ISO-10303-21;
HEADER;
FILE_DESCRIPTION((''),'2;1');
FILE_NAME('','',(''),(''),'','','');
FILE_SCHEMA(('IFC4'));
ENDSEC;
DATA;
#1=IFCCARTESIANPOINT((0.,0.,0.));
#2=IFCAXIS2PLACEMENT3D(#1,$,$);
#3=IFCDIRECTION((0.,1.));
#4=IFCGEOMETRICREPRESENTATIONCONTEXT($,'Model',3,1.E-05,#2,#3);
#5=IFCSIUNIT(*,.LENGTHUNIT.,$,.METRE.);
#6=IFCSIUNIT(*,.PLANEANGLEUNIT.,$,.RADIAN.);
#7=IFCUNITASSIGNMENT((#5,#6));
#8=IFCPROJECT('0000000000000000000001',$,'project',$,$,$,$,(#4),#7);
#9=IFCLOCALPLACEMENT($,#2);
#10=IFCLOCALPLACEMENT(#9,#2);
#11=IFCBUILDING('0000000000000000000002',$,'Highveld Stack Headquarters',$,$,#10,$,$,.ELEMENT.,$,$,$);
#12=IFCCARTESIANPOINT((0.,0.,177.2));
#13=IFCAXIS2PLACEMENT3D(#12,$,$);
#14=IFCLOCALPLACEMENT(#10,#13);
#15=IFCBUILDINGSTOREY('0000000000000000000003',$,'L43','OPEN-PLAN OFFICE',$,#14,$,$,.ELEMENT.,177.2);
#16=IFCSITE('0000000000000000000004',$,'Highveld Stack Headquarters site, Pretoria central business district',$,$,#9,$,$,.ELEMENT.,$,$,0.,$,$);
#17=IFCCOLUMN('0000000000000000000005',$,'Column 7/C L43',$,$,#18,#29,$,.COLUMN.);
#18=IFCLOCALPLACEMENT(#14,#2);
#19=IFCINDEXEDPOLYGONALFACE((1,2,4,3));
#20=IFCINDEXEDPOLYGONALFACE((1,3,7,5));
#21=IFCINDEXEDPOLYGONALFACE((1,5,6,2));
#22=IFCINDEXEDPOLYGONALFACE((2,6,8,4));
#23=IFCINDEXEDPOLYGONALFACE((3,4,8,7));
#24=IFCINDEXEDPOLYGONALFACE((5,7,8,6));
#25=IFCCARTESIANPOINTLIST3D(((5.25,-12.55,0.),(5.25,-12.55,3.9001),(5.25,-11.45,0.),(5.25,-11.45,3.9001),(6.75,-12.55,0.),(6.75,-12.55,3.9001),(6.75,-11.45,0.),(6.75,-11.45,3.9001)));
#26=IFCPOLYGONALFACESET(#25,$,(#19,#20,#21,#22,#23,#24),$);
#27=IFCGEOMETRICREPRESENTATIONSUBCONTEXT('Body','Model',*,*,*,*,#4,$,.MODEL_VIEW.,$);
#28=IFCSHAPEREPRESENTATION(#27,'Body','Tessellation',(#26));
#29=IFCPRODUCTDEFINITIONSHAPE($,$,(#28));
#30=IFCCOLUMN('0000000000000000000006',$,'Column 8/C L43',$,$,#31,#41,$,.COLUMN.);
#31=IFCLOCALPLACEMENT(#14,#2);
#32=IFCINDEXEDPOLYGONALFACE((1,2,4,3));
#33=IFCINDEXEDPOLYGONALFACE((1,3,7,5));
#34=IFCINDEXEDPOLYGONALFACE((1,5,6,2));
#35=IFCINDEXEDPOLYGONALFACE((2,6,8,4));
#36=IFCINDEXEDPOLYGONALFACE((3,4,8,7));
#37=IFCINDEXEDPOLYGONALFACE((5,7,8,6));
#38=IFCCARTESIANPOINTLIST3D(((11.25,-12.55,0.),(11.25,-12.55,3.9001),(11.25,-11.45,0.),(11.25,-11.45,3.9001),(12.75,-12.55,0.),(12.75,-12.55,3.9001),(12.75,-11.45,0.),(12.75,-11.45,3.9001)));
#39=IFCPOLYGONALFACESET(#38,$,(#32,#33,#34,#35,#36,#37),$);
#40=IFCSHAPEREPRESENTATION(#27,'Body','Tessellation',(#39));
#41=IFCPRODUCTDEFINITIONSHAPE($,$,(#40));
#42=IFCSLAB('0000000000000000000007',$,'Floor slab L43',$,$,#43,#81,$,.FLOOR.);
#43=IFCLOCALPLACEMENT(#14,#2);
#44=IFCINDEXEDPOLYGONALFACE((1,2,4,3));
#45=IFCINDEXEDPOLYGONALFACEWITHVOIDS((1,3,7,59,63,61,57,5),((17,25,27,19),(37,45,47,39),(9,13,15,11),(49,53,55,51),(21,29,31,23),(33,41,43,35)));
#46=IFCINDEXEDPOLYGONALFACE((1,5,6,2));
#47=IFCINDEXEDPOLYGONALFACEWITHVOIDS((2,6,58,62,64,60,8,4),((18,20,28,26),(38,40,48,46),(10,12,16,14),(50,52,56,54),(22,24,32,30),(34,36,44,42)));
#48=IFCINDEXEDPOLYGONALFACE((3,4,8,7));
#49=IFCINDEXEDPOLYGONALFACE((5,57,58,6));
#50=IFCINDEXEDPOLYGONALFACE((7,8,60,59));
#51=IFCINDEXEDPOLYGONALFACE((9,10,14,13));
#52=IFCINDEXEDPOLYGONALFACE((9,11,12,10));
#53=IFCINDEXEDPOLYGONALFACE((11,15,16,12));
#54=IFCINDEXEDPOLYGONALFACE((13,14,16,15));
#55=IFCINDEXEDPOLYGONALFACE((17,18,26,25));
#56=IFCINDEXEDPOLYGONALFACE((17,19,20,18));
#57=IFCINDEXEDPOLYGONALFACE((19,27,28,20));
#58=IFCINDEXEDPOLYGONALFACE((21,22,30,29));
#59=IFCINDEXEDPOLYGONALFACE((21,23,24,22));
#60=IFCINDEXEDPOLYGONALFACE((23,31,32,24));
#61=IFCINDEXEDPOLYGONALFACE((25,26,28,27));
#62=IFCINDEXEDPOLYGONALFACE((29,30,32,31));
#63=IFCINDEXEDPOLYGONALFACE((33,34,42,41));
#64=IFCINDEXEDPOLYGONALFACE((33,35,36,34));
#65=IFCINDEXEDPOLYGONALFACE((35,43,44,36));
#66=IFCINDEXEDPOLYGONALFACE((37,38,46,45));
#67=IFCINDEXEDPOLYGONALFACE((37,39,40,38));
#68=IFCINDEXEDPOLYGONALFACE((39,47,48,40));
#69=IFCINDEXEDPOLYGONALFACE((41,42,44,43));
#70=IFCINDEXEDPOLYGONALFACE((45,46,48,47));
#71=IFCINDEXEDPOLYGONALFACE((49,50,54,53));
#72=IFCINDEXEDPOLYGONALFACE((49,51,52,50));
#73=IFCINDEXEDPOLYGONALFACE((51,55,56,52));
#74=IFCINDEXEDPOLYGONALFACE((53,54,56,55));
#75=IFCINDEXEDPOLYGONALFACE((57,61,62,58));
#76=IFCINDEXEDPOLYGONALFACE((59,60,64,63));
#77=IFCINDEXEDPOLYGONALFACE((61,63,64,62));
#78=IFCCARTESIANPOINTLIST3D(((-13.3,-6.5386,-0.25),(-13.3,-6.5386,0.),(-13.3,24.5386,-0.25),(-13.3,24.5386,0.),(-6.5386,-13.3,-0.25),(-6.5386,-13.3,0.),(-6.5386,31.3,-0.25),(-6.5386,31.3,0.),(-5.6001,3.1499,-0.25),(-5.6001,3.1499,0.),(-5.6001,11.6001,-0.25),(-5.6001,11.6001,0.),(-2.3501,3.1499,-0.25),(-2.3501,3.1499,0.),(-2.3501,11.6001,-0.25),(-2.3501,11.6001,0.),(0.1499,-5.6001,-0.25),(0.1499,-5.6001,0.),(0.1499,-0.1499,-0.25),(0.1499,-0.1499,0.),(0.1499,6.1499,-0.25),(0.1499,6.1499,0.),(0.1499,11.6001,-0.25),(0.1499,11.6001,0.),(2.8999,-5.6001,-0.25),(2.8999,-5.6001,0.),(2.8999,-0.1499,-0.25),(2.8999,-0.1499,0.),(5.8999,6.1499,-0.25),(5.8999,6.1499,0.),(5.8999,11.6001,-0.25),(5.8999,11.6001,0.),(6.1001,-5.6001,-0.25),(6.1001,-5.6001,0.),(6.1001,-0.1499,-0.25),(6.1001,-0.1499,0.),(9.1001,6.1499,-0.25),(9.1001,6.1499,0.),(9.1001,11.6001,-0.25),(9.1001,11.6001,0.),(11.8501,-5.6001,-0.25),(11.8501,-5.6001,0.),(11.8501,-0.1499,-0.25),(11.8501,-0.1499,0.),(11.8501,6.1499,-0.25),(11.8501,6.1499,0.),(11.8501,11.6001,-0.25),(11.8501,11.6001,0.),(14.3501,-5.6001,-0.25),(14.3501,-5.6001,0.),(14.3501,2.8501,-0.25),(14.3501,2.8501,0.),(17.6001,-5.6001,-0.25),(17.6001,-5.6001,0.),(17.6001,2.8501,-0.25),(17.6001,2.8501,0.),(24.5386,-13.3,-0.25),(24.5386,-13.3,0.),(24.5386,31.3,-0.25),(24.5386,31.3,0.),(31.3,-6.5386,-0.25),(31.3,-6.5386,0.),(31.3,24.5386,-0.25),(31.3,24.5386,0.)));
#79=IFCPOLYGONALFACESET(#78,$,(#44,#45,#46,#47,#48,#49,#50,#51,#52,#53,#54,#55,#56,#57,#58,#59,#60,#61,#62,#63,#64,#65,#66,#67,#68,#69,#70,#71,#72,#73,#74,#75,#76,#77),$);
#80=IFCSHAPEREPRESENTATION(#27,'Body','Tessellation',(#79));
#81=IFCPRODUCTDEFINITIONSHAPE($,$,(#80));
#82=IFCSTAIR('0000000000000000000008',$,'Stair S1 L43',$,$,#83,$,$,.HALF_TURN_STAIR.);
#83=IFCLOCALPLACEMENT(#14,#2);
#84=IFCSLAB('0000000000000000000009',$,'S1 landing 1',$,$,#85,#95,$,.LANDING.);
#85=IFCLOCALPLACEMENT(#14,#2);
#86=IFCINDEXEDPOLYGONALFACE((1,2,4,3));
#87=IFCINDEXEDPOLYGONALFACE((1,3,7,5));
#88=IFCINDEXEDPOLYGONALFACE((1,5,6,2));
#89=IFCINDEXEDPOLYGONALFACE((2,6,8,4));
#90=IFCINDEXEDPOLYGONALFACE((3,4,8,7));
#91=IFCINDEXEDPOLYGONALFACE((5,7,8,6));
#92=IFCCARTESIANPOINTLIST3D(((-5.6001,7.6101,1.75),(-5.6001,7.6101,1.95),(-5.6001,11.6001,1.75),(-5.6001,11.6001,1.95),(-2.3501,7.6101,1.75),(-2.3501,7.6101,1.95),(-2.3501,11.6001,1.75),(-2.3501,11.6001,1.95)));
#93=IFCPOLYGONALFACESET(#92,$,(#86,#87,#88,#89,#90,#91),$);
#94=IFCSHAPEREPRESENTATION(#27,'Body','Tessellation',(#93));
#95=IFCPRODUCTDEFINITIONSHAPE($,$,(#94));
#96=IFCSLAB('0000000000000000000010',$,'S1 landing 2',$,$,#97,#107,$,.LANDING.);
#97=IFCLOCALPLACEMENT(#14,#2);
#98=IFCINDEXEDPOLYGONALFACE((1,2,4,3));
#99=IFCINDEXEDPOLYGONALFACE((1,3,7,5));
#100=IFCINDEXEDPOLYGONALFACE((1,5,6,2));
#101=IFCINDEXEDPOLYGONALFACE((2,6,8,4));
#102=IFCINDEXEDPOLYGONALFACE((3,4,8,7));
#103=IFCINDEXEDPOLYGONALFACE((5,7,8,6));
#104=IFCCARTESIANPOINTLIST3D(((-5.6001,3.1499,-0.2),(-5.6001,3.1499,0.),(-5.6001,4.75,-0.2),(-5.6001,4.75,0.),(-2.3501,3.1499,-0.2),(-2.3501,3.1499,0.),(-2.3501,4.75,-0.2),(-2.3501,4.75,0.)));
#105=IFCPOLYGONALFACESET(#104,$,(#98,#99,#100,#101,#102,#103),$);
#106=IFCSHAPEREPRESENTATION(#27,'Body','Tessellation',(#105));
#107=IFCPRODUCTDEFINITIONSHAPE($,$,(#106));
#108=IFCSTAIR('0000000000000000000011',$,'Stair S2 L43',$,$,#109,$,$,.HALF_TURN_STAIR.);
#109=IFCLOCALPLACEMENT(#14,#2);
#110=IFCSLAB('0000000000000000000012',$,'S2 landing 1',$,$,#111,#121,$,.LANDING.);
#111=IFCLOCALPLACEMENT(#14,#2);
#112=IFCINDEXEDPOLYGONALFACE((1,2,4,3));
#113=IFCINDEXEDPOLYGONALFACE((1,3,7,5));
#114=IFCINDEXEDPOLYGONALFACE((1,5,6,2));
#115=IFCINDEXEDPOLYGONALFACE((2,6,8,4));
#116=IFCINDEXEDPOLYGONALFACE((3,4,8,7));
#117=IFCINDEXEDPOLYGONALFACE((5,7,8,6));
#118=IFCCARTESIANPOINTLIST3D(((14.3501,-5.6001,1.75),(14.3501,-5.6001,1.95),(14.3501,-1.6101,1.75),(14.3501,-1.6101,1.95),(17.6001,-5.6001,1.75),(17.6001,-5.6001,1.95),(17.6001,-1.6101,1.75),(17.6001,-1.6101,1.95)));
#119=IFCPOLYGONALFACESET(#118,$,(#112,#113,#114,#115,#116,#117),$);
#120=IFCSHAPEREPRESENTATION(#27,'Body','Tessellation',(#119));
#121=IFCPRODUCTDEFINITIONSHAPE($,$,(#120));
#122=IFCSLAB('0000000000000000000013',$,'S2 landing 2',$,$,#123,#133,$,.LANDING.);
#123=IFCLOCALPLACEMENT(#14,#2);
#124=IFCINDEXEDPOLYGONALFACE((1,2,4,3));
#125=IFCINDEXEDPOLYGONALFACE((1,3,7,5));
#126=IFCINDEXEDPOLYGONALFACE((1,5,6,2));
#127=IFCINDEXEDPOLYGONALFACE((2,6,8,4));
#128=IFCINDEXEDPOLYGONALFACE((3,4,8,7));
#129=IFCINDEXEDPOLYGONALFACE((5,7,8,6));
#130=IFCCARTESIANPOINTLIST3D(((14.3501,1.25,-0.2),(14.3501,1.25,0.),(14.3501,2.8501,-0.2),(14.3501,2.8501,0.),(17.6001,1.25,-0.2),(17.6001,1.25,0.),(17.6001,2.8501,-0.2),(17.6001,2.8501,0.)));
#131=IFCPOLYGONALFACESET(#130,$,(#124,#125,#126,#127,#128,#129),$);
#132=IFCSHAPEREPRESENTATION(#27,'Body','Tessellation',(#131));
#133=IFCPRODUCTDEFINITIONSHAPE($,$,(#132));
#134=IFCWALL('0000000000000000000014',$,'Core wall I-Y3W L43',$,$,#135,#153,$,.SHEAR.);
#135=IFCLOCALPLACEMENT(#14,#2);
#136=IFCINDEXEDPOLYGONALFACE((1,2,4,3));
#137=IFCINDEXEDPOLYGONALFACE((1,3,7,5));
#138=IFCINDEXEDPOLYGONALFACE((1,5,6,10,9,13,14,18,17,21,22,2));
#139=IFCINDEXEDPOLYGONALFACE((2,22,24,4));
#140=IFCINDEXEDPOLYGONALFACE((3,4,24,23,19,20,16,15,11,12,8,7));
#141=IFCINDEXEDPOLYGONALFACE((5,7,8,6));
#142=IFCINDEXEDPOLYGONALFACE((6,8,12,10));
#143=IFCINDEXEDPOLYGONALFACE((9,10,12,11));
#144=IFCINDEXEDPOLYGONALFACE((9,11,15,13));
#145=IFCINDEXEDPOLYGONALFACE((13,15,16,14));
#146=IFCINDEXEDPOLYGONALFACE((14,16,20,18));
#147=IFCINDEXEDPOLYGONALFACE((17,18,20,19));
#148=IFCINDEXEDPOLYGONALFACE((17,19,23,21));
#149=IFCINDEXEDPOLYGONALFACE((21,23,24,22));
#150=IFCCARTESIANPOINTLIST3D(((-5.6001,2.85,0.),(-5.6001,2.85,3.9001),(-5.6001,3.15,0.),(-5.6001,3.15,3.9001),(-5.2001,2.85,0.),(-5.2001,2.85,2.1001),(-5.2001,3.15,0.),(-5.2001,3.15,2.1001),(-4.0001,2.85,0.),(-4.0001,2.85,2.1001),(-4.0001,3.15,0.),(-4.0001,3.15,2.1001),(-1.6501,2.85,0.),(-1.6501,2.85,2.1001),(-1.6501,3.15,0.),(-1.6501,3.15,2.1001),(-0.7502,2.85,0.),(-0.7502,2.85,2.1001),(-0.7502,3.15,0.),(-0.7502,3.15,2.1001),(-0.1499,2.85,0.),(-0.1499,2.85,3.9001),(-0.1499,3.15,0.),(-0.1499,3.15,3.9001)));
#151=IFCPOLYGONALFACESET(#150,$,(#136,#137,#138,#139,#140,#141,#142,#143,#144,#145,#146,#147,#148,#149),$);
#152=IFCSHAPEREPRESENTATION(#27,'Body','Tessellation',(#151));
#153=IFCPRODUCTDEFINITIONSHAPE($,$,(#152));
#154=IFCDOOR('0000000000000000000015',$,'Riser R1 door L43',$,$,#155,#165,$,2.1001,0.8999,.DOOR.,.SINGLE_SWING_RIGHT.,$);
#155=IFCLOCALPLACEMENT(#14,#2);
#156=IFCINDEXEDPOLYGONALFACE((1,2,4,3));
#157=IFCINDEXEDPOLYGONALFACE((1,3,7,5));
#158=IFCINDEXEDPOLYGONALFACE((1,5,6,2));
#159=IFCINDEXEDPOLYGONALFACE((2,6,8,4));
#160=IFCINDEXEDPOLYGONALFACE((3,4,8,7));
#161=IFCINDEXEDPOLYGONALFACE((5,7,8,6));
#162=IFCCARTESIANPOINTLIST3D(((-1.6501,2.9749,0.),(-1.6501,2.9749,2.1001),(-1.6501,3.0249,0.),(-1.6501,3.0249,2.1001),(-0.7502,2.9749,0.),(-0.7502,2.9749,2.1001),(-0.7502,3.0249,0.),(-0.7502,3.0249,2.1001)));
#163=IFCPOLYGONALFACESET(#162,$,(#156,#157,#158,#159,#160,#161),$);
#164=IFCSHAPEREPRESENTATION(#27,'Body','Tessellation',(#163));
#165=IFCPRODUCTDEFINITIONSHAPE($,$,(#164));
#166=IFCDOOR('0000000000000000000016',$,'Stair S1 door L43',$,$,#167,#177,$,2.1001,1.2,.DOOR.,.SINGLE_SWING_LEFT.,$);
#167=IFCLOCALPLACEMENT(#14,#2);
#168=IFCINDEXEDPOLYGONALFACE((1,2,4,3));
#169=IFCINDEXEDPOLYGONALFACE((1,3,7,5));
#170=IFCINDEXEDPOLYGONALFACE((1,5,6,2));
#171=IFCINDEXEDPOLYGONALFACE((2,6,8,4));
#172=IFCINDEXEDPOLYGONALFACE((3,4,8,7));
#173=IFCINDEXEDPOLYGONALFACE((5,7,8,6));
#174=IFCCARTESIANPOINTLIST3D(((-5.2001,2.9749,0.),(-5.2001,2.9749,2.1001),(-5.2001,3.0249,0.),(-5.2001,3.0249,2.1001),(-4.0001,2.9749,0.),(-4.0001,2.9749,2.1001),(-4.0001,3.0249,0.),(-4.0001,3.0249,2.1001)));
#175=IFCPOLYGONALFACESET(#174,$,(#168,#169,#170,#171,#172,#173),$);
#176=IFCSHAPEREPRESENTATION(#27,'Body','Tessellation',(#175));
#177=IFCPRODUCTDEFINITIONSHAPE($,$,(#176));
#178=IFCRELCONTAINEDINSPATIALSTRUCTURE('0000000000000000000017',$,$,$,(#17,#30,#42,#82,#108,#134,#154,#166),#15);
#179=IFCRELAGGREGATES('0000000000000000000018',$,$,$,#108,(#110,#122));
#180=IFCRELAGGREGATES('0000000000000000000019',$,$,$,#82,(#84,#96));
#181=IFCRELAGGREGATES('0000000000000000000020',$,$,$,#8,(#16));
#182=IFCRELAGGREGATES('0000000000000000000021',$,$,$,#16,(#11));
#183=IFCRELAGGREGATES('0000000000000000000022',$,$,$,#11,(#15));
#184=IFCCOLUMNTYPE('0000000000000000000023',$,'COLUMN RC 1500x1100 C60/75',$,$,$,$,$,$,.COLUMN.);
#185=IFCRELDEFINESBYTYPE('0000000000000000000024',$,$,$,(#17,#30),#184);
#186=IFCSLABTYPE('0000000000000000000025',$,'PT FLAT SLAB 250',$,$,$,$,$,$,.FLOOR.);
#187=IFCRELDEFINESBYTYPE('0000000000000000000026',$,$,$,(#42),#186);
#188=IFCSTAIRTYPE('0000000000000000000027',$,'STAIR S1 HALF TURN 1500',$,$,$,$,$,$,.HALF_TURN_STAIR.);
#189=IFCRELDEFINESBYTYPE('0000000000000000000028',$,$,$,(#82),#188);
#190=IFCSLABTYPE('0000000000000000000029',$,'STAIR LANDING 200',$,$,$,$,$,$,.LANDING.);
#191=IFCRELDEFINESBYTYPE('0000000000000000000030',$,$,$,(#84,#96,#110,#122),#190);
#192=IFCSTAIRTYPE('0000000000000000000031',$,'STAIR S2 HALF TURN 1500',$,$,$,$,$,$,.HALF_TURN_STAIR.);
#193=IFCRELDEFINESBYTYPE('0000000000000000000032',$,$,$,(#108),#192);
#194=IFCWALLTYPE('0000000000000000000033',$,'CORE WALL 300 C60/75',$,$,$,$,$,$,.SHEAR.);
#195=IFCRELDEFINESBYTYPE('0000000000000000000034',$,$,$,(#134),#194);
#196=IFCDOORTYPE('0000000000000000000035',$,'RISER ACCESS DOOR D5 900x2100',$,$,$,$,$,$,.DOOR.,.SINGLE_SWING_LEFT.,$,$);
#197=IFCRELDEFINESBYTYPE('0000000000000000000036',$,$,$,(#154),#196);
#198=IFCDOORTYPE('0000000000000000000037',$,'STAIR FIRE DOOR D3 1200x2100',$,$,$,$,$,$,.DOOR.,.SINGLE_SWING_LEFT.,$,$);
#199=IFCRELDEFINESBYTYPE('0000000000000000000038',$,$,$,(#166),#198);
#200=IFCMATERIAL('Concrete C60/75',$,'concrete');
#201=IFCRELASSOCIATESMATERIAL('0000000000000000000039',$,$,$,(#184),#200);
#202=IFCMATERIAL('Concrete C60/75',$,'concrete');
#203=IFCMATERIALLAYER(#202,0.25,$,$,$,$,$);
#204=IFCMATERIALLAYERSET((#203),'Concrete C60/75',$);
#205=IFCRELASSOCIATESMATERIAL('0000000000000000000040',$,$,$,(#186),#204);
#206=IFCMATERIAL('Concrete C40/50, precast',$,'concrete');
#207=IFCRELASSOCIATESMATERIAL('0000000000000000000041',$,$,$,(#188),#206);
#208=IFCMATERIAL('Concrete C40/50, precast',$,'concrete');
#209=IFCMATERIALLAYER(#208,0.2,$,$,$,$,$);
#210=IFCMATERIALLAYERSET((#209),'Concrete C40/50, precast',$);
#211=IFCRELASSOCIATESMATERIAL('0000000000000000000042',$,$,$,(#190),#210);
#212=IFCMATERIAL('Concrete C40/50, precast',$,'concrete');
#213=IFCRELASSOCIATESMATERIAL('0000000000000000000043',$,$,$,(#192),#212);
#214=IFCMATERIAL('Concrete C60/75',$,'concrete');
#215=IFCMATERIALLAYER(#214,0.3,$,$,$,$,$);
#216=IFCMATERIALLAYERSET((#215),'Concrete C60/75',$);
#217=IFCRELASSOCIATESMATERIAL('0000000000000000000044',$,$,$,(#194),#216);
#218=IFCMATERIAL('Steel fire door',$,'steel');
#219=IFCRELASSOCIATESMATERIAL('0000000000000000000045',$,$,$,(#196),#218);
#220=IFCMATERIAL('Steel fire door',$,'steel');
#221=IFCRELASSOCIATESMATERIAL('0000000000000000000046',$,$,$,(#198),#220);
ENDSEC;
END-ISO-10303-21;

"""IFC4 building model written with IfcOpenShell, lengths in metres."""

from ifc_helpers import new_model, si_unit, direction, frame, frame_2d, origin, origin_2d, place, context, subcontext, project, spatial, polyline, rectangle, outline, extrude, material, layer, layer_set, material_profile, profile_set, type_object, element, fill, aggregate, save


model = new_model("IFC4")

# Units and contexts
model_context = context("Model", 3, precision=1e-05, world=origin(), true_north=direction((0.0, 1.0)))
body_context = subcontext(model_context, "Body", "Model", "MODEL_VIEW")
ifc_project = project(units=[si_unit("LENGTHUNIT", "METRE"), si_unit("PLANEANGLEUNIT", "RADIAN")], contexts=[model_context])

# Site, building, storey
site_placement = place(None, origin())
site = spatial("IfcSite", under=ifc_project, at=site_placement, Name="Highveld Stack Headquarters site, Pretoria central business district", CompositionType="ELEMENT", RefElevation=0.0)
building_placement = place(site_placement, origin())
building = spatial("IfcBuilding", under=site, at=building_placement, Name="Highveld Stack Headquarters", CompositionType="ELEMENT")
storey_placement = place(building_placement, frame((0.0, 0.0, 177.2)))
storey = spatial("IfcBuildingStorey", under=building, at=storey_placement, Name="L43", Description="OPEN-PLAN OFFICE", CompositionType="ELEMENT", Elevation=177.2)

# Columns
ifc_material_1 = material(Name="Concrete C60/75", Category="concrete")
ifc_material_profile = material_profile(ifc_material_1, rectangle(XDim=1.5, YDim=1.1001, at=origin_2d()), Name="RC 1500x1100")
ifc_profile_set = profile_set([ifc_material_profile], Name="Concrete C60/75")
column_type = type_object("IfcColumnType", Name="COLUMN RC 1500x1100 C60/75", PredefinedType="COLUMN", material=ifc_profile_set)
for number, where, z_axis, x_axis, name in (
    (1, (6.0, -12.0, 0.0), (0.0, 0.0, 1.0), (1.0, 0.0, 0.0), "Column 7/C L43"),
    (2, (12.0, -12.0, 0.0), (0.0, 0.0, 1.0), (1.0, 0.0, 0.0), "Column 8/C L43"),
):
    element("IfcColumn", number, at=place(storey_placement, frame(where, z_axis=z_axis, x_axis=x_axis)), inside=storey, type_object=column_type, Name=name, PredefinedType="COLUMN", context=body_context, shape_type="SweptSolid", body=[
        extrude(rectangle(XDim=1.5, YDim=1.1001, at=origin_2d()), origin(), (0.0, 0.0, 1.0), 3.9001),
    ])

# Slab
ifc_material_2 = material(Name="Concrete C60/75", Category="concrete")
ifc_layer_1 = layer(ifc_material_2, 0.25)
ifc_layer_set_1 = layer_set([ifc_layer_1], Name="Concrete C60/75")
slab_type_1 = type_object("IfcSlabType", Name="PT FLAT SLAB 250", PredefinedType="FLOOR", material=ifc_layer_set_1)
slab_1_placement = place(storey_placement, frame((0.0, 0.0, -0.25)))
element("IfcSlab", 3, at=slab_1_placement, inside=storey, type_object=slab_type_1, Name="Floor slab L43", PredefinedType="FLOOR", context=body_context, shape_type="SweptSolid", body=[
    extrude(outline(polyline([(-6.5386, -13.3), (24.5386, -13.3), (31.3, -6.5386), (31.3, 24.5386), (24.5386, 31.3), (-6.5386, 31.3), (-13.3, 24.5386), (-13.3, -6.5386), (-6.5386, -13.3)]), holes=[polyline([(0.1499, 6.1499), (5.8999, 6.1499), (5.8999, 11.6001), (0.1499, 11.6001), (0.1499, 6.1499)]), polyline([(9.1001, 6.1499), (11.8501, 6.1499), (11.8501, 11.6001), (9.1001, 11.6001), (9.1001, 6.1499)]), polyline([(6.1001, -5.6001), (11.8501, -5.6001), (11.8501, -0.1499), (6.1001, -0.1499), (6.1001, -5.6001)]), polyline([(0.1499, -5.6001), (2.8999, -5.6001), (2.8999, -0.1499), (0.1499, -0.1499), (0.1499, -5.6001)]), polyline([(-5.6001, 3.1499), (-2.3501, 3.1499), (-2.3501, 11.6001), (-5.6001, 11.6001), (-5.6001, 3.1499)]), polyline([(14.3501, -5.6001), (17.6001, -5.6001), (17.6001, 2.8501), (14.3501, 2.8501), (14.3501, -5.6001)])]), origin(), (0.0, 0.0, 1.0), 0.25),
])

# Stairs, slabs
ifc_material_3 = material(Name="Concrete C40/50, precast", Category="concrete")
stair_type_1 = type_object("IfcStairType", Name="STAIR S1 HALF TURN 1500", PredefinedType="HALF_TURN_STAIR", material=ifc_material_3)
stair_1_placement = place(storey_placement, origin())
stair_1 = element("IfcStair", 4, at=stair_1_placement, inside=storey, type_object=stair_type_1, Name="Stair S1 L43", PredefinedType="HALF_TURN_STAIR")
ifc_material_4 = material(Name="Concrete C40/50, precast", Category="concrete")
ifc_layer_2 = layer(ifc_material_4, 0.2)
ifc_layer_set_2 = layer_set([ifc_layer_2], Name="Concrete C40/50, precast")
slab_type_2 = type_object("IfcSlabType", Name="STAIR LANDING 200", PredefinedType="LANDING", material=ifc_layer_set_2)
slab_2_placement = place(storey_placement, frame((0.0, 0.0, 1.75)))
slab_2 = element("IfcSlab", 5, at=slab_2_placement, type_object=slab_type_2, Name="S1 landing 1", PredefinedType="LANDING", context=body_context, shape_type="SweptSolid", body=[
    extrude(outline(polyline([(-5.6001, 7.6101), (-2.3501, 7.6101), (-2.3501, 11.6001), (-5.6001, 11.6001), (-5.6001, 7.6101)])), origin(), (0.0, 0.0, 1.0), 0.2),
])
slab_3_placement = place(storey_placement, frame((0.0, 0.0, -0.2)))
slab_3 = element("IfcSlab", 6, at=slab_3_placement, type_object=slab_type_2, Name="S1 landing 2", PredefinedType="LANDING", context=body_context, shape_type="SweptSolid", body=[
    extrude(outline(polyline([(-5.6001, 3.1499), (-2.3501, 3.1499), (-2.3501, 4.75), (-5.6001, 4.75), (-5.6001, 3.1499)])), origin(), (0.0, 0.0, 1.0), 0.2),
])
ifc_material_5 = material(Name="Concrete C40/50, precast", Category="concrete")
stair_type_2 = type_object("IfcStairType", Name="STAIR S2 HALF TURN 1500", PredefinedType="HALF_TURN_STAIR", material=ifc_material_5)
stair_2_placement = place(storey_placement, origin())
stair_2 = element("IfcStair", 7, at=stair_2_placement, inside=storey, type_object=stair_type_2, Name="Stair S2 L43", PredefinedType="HALF_TURN_STAIR")
slab_4_placement = place(storey_placement, frame((0.0, 0.0, 1.75)))
slab_4 = element("IfcSlab", 8, at=slab_4_placement, type_object=slab_type_2, Name="S2 landing 1", PredefinedType="LANDING", context=body_context, shape_type="SweptSolid", body=[
    extrude(outline(polyline([(14.3501, -5.6001), (17.6001, -5.6001), (17.6001, -1.6101), (14.3501, -1.6101), (14.3501, -5.6001)])), origin(), (0.0, 0.0, 1.0), 0.2),
])
slab_5_placement = place(storey_placement, frame((0.0, 0.0, -0.2)))
slab_5 = element("IfcSlab", 9, at=slab_5_placement, type_object=slab_type_2, Name="S2 landing 2", PredefinedType="LANDING", context=body_context, shape_type="SweptSolid", body=[
    extrude(outline(polyline([(14.3501, 1.25), (17.6001, 1.25), (17.6001, 2.8501), (14.3501, 2.8501), (14.3501, 1.25)])), origin(), (0.0, 0.0, 1.0), 0.2),
])
aggregate(stair_2, [slab_4, slab_5])

# Wall, openings, doors
ifc_material_6 = material(Name="Concrete C60/75", Category="concrete")
ifc_layer_3 = layer(ifc_material_6, 0.3)
ifc_layer_set_3 = layer_set([ifc_layer_3], Name="Concrete C60/75")
wall_type_1 = type_object("IfcWallType", Name="CORE WALL 300 C60/75", PredefinedType="SHEAR", material=ifc_layer_set_3)
wall_1_placement = place(storey_placement, frame((-5.6001, 3.0, 0.0), z_axis=(0.0, 0.0, 1.0), x_axis=(1.0, 0.0, 0.0)))
wall_1 = element("IfcWall", 10, at=wall_1_placement, inside=storey, type_object=wall_type_1, Name="Core wall I-Y3W L43", PredefinedType="SHEAR", context=body_context, shape_type="SweptSolid", body=[
    extrude(rectangle(XDim=5.4502, YDim=0.3, at=frame_2d((2.7251, 0.0))), origin(), (0.0, 0.0, 1.0), 3.9001),
])
opening_1_placement = place(wall_1_placement, frame((0.3999, 0.0, 0.0)))
opening_1 = element("IfcOpeningElement", 11, at=opening_1_placement, cuts=wall_1, PredefinedType="OPENING", context=body_context, shape_type="SweptSolid", body=[
    extrude(rectangle(XDim=1.2, YDim=2.1001, at=frame_2d((0.6001, 1.05))), frame((0.0, 0.1599, 0.0), z_axis=(0.0, -1.0, 0.0), x_axis=(1.0, 0.0, 0.0)), (0.0, 0.0, 1.0), 0.3201),
])
opening_2_placement = place(wall_1_placement, frame((3.95, 0.0, 0.0)))
opening_2 = element("IfcOpeningElement", 12, at=opening_2_placement, cuts=wall_1, PredefinedType="OPENING", context=body_context, shape_type="SweptSolid", body=[
    extrude(rectangle(XDim=0.8999, YDim=2.1001, at=frame_2d((0.45, 1.05))), frame((0.0, 0.1599, 0.0), z_axis=(0.0, -1.0, 0.0), x_axis=(1.0, 0.0, 0.0)), (0.0, 0.0, 1.0), 0.3201),
])
ifc_material_7 = material(Name="Steel fire door", Category="steel")
door_type_1 = type_object("IfcDoorType", Name="RISER ACCESS DOOR D5 900x2100", OperationType="SINGLE_SWING_LEFT", PredefinedType="DOOR", material=ifc_material_7)
door_1_placement = place(opening_2_placement, origin())
door_1 = element("IfcDoor", 13, at=door_1_placement, inside=storey, type_object=door_type_1, Name="Riser R1 door L43", OperationType="SINGLE_SWING_RIGHT", OverallHeight=2.1001, OverallWidth=0.8999, PredefinedType="DOOR", context=body_context, shape_type="SweptSolid", body=[
    extrude(rectangle(XDim=0.8999, YDim=2.1001, at=frame_2d((0.45, 1.05))), frame((0.0, 0.0249, 0.0), z_axis=(0.0, -1.0, 0.0), x_axis=(1.0, 0.0, 0.0)), (0.0, 0.0, 1.0), 0.05),
])
fill(opening_2, door_1)
ifc_material_8 = material(Name="Steel fire door", Category="steel")
door_type_2 = type_object("IfcDoorType", Name="STAIR FIRE DOOR D3 1200x2100", OperationType="SINGLE_SWING_LEFT", PredefinedType="DOOR", material=ifc_material_8)
door_2_placement = place(opening_1_placement, origin())
door_2 = element("IfcDoor", 14, at=door_2_placement, inside=storey, type_object=door_type_2, Name="Stair S1 door L43", OperationType="SINGLE_SWING_LEFT", OverallHeight=2.1001, OverallWidth=1.2, PredefinedType="DOOR", context=body_context, shape_type="SweptSolid", body=[
    extrude(rectangle(XDim=1.2, YDim=2.1001, at=frame_2d((0.6001, 1.05))), frame((0.0, 0.0249, 0.0), z_axis=(0.0, -1.0, 0.0), x_axis=(1.0, 0.0, 0.0)), (0.0, 0.0, 1.0), 0.05),
])
fill(opening_1, door_2)

aggregate(stair_1, [slab_2, slab_3])

save(model, "model.ifc")
